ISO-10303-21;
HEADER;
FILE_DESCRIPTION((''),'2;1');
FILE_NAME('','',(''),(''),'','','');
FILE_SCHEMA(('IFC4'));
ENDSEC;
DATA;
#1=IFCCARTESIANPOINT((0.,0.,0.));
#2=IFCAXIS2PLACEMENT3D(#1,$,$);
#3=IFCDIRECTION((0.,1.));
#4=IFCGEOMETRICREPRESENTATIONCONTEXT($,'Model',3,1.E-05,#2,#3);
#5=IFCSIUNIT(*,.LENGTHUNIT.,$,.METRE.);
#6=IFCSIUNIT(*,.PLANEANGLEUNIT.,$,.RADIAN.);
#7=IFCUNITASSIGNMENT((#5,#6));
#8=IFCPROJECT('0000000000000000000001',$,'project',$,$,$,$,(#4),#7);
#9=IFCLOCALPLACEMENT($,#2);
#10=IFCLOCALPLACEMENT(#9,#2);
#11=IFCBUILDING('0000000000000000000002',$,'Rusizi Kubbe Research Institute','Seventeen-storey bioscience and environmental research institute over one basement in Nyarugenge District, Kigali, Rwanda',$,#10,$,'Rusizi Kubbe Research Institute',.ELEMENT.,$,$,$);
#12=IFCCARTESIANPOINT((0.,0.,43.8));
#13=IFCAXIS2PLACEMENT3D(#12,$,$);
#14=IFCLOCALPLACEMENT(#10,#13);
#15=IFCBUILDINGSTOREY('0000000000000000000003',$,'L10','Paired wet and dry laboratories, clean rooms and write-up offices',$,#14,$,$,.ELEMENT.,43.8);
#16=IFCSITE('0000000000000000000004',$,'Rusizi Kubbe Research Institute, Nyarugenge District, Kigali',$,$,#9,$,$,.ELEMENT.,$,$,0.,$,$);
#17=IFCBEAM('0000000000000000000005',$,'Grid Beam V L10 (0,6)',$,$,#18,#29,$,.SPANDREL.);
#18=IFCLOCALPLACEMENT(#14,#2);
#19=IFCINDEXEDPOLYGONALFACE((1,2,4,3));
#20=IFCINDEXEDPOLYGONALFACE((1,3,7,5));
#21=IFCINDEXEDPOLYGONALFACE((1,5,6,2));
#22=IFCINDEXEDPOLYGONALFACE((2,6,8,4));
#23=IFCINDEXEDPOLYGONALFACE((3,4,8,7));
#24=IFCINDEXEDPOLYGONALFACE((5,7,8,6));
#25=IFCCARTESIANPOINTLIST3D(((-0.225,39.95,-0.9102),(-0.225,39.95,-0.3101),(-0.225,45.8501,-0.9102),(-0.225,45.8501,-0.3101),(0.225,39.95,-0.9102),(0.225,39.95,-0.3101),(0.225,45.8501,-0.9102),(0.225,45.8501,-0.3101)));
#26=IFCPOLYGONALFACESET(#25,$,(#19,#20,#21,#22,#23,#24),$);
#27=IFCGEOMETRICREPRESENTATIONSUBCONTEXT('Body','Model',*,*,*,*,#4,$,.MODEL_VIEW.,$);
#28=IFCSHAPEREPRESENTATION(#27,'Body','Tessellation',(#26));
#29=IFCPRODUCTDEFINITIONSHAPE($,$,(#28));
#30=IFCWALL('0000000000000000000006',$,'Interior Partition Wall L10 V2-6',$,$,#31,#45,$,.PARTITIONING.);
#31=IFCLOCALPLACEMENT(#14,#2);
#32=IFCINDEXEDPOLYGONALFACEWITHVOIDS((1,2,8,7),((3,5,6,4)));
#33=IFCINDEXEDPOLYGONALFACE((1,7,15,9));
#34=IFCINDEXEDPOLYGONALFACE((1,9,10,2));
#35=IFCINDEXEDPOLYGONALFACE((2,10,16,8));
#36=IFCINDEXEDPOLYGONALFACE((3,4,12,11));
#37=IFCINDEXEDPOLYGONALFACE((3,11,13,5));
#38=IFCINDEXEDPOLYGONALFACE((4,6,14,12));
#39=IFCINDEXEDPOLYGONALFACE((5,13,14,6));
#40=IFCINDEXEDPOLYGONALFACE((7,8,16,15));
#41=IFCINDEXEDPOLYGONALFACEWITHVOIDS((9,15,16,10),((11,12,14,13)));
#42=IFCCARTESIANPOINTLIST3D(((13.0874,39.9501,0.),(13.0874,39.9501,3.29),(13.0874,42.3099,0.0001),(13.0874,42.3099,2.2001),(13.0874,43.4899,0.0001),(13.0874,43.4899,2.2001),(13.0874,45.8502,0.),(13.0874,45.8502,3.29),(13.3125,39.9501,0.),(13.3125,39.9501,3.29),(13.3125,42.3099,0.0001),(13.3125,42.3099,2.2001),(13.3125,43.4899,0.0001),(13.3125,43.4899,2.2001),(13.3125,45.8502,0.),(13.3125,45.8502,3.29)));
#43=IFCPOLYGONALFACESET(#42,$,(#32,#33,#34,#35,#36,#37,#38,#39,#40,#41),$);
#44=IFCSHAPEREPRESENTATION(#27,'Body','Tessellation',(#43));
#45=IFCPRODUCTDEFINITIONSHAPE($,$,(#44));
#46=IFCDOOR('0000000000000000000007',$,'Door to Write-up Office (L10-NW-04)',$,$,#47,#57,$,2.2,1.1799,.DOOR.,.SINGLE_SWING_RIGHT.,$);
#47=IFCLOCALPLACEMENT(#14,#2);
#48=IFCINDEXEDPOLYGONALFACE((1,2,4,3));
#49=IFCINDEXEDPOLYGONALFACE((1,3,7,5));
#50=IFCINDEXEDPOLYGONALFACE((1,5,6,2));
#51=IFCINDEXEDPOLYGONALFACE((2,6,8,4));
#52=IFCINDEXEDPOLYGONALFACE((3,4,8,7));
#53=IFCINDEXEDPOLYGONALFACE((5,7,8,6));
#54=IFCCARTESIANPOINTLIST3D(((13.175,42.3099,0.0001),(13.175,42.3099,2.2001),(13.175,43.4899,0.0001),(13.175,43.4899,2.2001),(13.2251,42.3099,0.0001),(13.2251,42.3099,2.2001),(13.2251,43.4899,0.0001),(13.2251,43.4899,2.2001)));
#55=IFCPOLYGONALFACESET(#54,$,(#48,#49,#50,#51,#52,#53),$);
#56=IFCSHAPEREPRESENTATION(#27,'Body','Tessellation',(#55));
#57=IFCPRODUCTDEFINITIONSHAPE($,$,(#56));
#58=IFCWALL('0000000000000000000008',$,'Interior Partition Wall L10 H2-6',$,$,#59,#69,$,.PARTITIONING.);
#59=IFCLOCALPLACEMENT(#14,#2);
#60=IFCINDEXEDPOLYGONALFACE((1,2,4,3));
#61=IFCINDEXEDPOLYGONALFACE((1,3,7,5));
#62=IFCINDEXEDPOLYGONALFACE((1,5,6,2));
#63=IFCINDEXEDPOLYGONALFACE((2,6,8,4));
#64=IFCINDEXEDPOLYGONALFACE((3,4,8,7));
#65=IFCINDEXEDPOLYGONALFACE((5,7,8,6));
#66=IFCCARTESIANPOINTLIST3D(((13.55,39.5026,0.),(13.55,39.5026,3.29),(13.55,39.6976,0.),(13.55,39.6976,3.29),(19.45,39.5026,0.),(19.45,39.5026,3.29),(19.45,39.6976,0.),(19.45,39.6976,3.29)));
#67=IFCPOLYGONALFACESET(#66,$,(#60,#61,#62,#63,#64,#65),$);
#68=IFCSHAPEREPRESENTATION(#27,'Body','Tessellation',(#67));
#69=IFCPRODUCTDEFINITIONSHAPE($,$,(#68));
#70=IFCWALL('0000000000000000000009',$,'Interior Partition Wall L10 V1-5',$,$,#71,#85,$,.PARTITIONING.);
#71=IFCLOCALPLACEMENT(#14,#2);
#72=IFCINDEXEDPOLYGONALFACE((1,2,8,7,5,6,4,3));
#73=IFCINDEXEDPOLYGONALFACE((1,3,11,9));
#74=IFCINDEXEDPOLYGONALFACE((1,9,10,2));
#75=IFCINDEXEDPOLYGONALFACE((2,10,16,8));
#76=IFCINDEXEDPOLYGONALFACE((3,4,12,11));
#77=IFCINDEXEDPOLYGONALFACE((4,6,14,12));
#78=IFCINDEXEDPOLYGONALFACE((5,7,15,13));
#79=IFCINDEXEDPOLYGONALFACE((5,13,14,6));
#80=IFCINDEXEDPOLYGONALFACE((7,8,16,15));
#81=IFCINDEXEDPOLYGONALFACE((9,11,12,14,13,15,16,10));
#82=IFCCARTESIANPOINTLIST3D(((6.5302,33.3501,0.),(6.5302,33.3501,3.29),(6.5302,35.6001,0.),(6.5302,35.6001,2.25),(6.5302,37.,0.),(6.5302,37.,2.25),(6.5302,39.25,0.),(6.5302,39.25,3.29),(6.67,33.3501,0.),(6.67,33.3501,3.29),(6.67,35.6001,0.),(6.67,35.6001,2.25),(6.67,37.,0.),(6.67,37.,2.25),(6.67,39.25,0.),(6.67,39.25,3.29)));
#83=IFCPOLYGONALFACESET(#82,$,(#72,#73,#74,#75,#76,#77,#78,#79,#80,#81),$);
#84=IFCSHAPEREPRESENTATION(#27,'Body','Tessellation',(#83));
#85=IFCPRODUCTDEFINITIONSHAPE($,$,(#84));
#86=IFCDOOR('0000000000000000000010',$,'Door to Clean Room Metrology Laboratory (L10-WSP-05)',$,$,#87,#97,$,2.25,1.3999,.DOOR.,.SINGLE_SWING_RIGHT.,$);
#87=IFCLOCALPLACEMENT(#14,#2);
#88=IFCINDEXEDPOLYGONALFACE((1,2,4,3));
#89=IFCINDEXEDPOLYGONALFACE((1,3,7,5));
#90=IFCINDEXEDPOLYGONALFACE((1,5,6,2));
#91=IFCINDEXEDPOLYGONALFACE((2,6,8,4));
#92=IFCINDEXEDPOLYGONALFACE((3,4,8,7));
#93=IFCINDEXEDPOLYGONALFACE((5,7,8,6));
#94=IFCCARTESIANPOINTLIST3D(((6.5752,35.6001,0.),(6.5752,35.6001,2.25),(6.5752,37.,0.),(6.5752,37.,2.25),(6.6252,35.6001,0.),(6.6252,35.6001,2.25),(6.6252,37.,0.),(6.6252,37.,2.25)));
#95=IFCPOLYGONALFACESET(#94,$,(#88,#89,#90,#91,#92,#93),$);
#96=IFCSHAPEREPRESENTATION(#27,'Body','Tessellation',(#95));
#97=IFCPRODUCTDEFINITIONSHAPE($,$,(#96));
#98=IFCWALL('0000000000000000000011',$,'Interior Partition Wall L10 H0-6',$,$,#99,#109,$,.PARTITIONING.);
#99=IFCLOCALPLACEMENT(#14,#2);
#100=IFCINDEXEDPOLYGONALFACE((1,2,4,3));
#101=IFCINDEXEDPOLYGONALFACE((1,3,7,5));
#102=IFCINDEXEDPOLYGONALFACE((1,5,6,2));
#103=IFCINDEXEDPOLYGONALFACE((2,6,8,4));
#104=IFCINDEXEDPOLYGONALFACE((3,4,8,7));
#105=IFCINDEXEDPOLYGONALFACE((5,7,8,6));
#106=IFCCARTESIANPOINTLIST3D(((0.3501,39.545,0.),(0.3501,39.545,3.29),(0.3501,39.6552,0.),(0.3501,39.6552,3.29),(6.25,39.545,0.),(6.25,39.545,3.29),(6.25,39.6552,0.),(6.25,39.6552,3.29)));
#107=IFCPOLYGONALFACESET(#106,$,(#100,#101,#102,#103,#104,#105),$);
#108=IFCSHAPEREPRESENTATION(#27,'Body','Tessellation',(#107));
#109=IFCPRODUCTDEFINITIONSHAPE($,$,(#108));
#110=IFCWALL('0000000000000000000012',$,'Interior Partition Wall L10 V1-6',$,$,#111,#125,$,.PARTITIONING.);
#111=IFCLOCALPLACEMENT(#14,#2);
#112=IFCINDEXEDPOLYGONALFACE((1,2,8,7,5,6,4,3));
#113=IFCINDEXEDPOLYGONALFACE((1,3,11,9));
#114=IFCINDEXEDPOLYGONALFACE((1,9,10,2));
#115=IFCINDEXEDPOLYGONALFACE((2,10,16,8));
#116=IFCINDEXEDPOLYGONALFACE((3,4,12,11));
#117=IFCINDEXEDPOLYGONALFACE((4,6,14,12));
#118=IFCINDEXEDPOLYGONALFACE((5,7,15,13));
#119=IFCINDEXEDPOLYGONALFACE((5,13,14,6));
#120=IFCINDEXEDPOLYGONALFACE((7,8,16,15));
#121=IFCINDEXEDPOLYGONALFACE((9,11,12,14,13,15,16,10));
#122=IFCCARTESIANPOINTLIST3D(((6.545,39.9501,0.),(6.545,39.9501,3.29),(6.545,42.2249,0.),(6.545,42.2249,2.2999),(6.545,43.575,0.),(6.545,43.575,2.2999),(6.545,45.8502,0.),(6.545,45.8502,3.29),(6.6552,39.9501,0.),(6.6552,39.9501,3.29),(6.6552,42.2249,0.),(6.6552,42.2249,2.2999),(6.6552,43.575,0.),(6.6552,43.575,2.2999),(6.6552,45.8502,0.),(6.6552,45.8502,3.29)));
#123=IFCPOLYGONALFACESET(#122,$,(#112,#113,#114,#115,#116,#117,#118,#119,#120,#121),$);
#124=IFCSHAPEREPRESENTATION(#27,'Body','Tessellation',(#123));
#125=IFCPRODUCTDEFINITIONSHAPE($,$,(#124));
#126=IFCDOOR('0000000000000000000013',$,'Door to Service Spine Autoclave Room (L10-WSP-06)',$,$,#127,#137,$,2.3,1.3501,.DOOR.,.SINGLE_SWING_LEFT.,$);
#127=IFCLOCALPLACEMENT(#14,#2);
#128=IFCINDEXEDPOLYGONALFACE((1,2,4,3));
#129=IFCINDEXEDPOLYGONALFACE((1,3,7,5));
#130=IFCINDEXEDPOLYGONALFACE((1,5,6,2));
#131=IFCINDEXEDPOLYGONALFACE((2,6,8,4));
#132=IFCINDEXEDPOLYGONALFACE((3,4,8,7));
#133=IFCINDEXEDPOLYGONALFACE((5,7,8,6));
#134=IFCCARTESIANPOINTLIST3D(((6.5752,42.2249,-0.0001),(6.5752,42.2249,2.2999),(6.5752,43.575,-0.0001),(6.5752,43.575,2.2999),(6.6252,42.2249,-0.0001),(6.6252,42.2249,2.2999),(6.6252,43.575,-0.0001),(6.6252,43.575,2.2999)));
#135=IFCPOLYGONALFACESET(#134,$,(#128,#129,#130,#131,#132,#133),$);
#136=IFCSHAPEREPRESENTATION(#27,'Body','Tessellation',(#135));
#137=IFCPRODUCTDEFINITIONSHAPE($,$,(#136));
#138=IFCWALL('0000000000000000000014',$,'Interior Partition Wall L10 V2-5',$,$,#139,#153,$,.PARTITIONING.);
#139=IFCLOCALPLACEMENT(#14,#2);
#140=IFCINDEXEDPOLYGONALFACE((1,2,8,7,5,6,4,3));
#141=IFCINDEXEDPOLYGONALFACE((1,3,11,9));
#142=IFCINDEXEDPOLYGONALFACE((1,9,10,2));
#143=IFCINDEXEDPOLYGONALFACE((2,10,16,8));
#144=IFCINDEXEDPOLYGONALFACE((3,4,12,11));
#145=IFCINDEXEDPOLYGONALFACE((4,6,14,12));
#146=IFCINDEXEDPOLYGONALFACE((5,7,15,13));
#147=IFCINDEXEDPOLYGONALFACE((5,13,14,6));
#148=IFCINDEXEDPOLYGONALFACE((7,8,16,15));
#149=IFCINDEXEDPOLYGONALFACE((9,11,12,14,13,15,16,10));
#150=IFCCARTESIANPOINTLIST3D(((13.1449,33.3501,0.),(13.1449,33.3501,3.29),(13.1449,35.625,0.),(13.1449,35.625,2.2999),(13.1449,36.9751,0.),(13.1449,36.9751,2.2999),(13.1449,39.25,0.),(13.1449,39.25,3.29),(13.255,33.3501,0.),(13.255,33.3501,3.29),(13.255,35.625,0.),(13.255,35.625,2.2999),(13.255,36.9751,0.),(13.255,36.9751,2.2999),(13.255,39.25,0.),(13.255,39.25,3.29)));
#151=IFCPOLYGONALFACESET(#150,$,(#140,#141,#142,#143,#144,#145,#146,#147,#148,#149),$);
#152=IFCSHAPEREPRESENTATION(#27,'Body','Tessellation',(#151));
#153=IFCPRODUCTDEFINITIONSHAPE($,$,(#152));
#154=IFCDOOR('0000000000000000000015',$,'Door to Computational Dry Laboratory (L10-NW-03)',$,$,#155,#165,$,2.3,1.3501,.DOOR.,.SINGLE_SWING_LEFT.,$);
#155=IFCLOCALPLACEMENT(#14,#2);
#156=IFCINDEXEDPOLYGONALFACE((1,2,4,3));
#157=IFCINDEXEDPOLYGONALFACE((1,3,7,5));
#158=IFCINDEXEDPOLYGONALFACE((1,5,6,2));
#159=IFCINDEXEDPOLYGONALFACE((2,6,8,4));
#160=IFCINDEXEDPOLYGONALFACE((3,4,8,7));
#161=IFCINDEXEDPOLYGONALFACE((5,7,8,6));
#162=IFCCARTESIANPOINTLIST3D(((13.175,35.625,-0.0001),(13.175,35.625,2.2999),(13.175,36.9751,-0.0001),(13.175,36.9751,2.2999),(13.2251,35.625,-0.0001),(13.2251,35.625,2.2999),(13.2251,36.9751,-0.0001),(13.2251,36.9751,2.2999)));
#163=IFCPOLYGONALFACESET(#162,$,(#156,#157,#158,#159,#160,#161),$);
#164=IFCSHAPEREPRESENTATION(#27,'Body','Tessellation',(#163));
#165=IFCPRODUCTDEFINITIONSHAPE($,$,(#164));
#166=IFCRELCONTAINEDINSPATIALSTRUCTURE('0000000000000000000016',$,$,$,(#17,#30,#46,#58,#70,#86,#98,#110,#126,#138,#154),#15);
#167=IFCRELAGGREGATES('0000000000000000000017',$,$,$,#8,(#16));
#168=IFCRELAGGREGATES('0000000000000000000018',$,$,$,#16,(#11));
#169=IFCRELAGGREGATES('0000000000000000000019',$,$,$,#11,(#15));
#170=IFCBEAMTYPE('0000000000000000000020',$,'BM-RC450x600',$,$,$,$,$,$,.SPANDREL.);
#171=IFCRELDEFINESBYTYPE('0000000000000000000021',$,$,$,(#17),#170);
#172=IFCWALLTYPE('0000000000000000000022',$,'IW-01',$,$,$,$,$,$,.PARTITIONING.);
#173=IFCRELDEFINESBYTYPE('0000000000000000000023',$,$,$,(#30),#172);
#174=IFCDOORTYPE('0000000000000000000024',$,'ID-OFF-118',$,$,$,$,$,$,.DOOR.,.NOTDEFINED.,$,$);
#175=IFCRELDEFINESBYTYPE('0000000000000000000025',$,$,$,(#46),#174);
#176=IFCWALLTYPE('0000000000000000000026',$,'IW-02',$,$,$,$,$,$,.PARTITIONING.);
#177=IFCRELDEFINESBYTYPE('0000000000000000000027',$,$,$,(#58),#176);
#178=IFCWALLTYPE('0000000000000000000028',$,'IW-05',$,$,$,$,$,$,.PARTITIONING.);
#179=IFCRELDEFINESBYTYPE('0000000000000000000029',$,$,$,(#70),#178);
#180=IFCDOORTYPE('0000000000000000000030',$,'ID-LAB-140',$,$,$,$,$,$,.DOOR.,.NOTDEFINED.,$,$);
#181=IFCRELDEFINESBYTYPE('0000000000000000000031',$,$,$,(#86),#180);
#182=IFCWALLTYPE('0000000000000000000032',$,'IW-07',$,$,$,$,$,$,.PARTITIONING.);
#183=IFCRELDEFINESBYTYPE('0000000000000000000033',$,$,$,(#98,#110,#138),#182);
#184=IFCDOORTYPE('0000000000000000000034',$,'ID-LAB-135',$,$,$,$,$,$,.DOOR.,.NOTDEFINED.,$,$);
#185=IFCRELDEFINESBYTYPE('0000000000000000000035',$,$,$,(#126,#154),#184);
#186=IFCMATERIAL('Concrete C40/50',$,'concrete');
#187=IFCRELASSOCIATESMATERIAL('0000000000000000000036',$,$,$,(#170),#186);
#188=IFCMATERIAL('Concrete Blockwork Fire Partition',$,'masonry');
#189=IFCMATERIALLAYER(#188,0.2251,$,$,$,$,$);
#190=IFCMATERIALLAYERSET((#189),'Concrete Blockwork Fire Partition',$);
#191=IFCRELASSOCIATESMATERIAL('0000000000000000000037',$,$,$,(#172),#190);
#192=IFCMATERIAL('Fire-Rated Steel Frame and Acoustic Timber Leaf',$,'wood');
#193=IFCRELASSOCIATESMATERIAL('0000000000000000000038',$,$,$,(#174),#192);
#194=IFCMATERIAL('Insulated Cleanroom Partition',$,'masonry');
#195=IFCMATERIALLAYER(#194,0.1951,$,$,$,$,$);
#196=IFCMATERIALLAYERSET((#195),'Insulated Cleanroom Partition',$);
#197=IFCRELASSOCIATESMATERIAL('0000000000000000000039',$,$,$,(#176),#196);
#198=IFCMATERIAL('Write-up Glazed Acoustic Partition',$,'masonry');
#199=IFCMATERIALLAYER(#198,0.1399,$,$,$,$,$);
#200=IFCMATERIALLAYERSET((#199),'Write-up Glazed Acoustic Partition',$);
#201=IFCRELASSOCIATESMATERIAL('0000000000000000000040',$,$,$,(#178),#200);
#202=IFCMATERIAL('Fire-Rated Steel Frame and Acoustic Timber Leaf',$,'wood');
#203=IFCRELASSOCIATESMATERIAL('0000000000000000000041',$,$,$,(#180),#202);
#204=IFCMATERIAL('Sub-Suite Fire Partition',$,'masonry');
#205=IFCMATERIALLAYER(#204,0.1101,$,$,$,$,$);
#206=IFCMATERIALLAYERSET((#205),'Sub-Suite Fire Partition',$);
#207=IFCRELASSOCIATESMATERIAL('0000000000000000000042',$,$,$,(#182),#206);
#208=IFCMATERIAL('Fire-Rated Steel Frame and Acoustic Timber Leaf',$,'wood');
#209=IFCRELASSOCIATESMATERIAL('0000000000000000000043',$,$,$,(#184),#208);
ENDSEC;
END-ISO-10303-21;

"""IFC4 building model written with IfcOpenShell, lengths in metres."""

from ifc_helpers import new_model, si_unit, direction, frame, frame_2d, origin, origin_2d, place, context, subcontext, project, spatial, rectangle, extrude, material, layer, layer_set, material_profile, profile_set, type_object, element, fill, save


model = new_model("IFC4")

# Units and contexts
model_context = context("Model", 3, precision=1e-05, world=origin(), true_north=direction((0.0, 1.0)))
body_context = subcontext(model_context, "Body", "Model", "MODEL_VIEW")
ifc_project = project(units=[si_unit("LENGTHUNIT", "METRE"), si_unit("PLANEANGLEUNIT", "RADIAN")], contexts=[model_context])

# Site, building, storey
site_placement = place(None, origin())
site = spatial("IfcSite", under=ifc_project, at=site_placement, Name="Rusizi Kubbe Research Institute, Nyarugenge District, Kigali", CompositionType="ELEMENT", RefElevation=0.0)
building_placement = place(site_placement, origin())
building = spatial("IfcBuilding", under=site, at=building_placement, Name="Rusizi Kubbe Research Institute", Description="Seventeen-storey bioscience and environmental research institute over one basement in Nyarugenge District, Kigali, Rwanda", LongName="Rusizi Kubbe Research Institute", CompositionType="ELEMENT")
storey_placement = place(building_placement, frame((0.0, 0.0, 43.8)))
storey = spatial("IfcBuildingStorey", under=building, at=storey_placement, Name="L10", Description="Paired wet and dry laboratories, clean rooms and write-up offices", CompositionType="ELEMENT", Elevation=43.8)

# Beam
ifc_material_1 = material(Name="Concrete C40/50", Category="concrete")
ifc_material_profile_1 = material_profile(ifc_material_1, rectangle(XDim=0.45, YDim=0.6001, at=origin_2d()), Name="RC450x600")
ifc_profile_set_1 = profile_set([ifc_material_profile_1], Name="Concrete C40/50")
beam_type_1 = type_object("IfcBeamType", Name="BM-RC450x600", PredefinedType="SPANDREL", material=ifc_profile_set_1)
beam_1_placement = place(storey_placement, frame((0.0, 39.95, -0.6101), z_axis=(0.0, 1.0, 0.0), x_axis=(-1.0, 0.0, 0.0)))
element("IfcBeam", 1, at=beam_1_placement, inside=storey, type_object=beam_type_1, Name="Grid Beam V L10 (0,6)", PredefinedType="SPANDREL", context=body_context, shape_type="SweptSolid", body=[
    extrude(rectangle(XDim=0.45, YDim=0.6001, at=origin_2d()), origin(), (0.0, 0.0, 1.0), 5.9001),
])

# Wall, opening, door
ifc_material_2 = material(Name="Concrete Blockwork Fire Partition", Category="masonry")
ifc_layer_1 = layer(ifc_material_2, 0.2251)
ifc_layer_set_1 = layer_set([ifc_layer_1], Name="Concrete Blockwork Fire Partition")
wall_type_1 = type_object("IfcWallType", Name="IW-01", PredefinedType="PARTITIONING", material=ifc_layer_set_1)
wall_1_placement = place(storey_placement, frame((13.2, 39.95, 0.0), z_axis=(0.0, 0.0, 1.0), x_axis=(0.0, 1.0, 0.0)))
wall_1 = element("IfcWall", 2, at=wall_1_placement, inside=storey, type_object=wall_type_1, Name="Interior Partition Wall L10 V2-6", PredefinedType="PARTITIONING", context=body_context, shape_type="SweptSolid", body=[
    extrude(rectangle(XDim=5.9001, YDim=0.2251, at=frame_2d((2.9502, 0.0))), origin(), (0.0, 0.0, 1.0), 3.29),
])
opening_1_placement = place(wall_1_placement, frame((2.3601, 0.0, 0.0)))
opening_1 = element("IfcOpeningElement", 3, at=opening_1_placement, cuts=wall_1, PredefinedType="OPENING", context=body_context, shape_type="SweptSolid", body=[
    extrude(rectangle(XDim=1.1799, YDim=2.2, at=frame_2d((0.5898, 1.1001))), frame((0.0, 0.1226, 0.0), z_axis=(0.0, -1.0, 0.0), x_axis=(1.0, 0.0, 0.0)), (0.0, 0.0, 1.0), 0.2451),
])
ifc_material_3 = material(Name="Fire-Rated Steel Frame and Acoustic Timber Leaf", Category="wood")
door_type_1 = type_object("IfcDoorType", Name="ID-OFF-118", OperationType="NOTDEFINED", PredefinedType="DOOR", material=ifc_material_3)
door_1_placement = place(opening_1_placement, origin())
door_1 = element("IfcDoor", 4, at=door_1_placement, inside=storey, type_object=door_type_1, Name="Door to Write-up Office (L10-NW-04)", OperationType="SINGLE_SWING_RIGHT", OverallHeight=2.2, OverallWidth=1.1799, PredefinedType="DOOR", context=body_context, shape_type="SweptSolid", body=[
    extrude(rectangle(XDim=1.1799, YDim=2.2, at=frame_2d((0.5898, 1.1001))), frame((0.0, 0.0249, 0.0), z_axis=(0.0, -1.0, 0.0), x_axis=(1.0, 0.0, 0.0)), (0.0, 0.0, 1.0), 0.05),
])
fill(opening_1, door_1)

# Wall
ifc_material_4 = material(Name="Insulated Cleanroom Partition", Category="masonry")
ifc_layer_2 = layer(ifc_material_4, 0.1951)
ifc_layer_set_2 = layer_set([ifc_layer_2], Name="Insulated Cleanroom Partition")
wall_type_2 = type_object("IfcWallType", Name="IW-02", PredefinedType="PARTITIONING", material=ifc_layer_set_2)
wall_2_placement = place(storey_placement, frame((13.55, 39.6001, 0.0), z_axis=(0.0, 0.0, 1.0), x_axis=(1.0, 0.0, 0.0)))
element("IfcWall", 5, at=wall_2_placement, inside=storey, type_object=wall_type_2, Name="Interior Partition Wall L10 H2-6", PredefinedType="PARTITIONING", context=body_context, shape_type="SweptSolid", body=[
    extrude(rectangle(XDim=5.8999, YDim=0.1951, at=frame_2d((2.95, 0.0))), origin(), (0.0, 0.0, 1.0), 3.29),
])

# Wall, opening, door
ifc_material_5 = material(Name="Write-up Glazed Acoustic Partition", Category="masonry")
ifc_layer_3 = layer(ifc_material_5, 0.1399)
ifc_layer_set_3 = layer_set([ifc_layer_3], Name="Write-up Glazed Acoustic Partition")
wall_type_3 = type_object("IfcWallType", Name="IW-05", PredefinedType="PARTITIONING", material=ifc_layer_set_3)
wall_3_placement = place(storey_placement, frame((6.6001, 33.3501, 0.0), z_axis=(0.0, 0.0, 1.0), x_axis=(0.0, 1.0, 0.0)))
wall_3 = element("IfcWall", 6, at=wall_3_placement, inside=storey, type_object=wall_type_3, Name="Interior Partition Wall L10 V1-5", PredefinedType="PARTITIONING", context=body_context, shape_type="SweptSolid", body=[
    extrude(rectangle(XDim=5.8999, YDim=0.1399, at=frame_2d((2.95, 0.0))), origin(), (0.0, 0.0, 1.0), 3.29),
])
opening_2_placement = place(wall_3_placement, frame((2.25, 0.0, 0.0)))
opening_2 = element("IfcOpeningElement", 7, at=opening_2_placement, cuts=wall_3, PredefinedType="OPENING", context=body_context, shape_type="SweptSolid", body=[
    extrude(rectangle(XDim=1.3999, YDim=2.25, at=frame_2d((0.7, 1.125))), frame((0.0, 0.0798, 0.0), z_axis=(0.0, -1.0, 0.0), x_axis=(1.0, 0.0, 0.0)), (0.0, 0.0, 1.0), 0.1599),
])
ifc_material_6 = material(Name="Fire-Rated Steel Frame and Acoustic Timber Leaf", Category="wood")
door_type_2 = type_object("IfcDoorType", Name="ID-LAB-140", OperationType="NOTDEFINED", PredefinedType="DOOR", material=ifc_material_6)
door_2_placement = place(opening_2_placement, origin())
door_2 = element("IfcDoor", 8, at=door_2_placement, inside=storey, type_object=door_type_2, Name="Door to Clean Room Metrology Laboratory (L10-WSP-05)", OperationType="SINGLE_SWING_RIGHT", OverallHeight=2.25, OverallWidth=1.3999, PredefinedType="DOOR", context=body_context, shape_type="SweptSolid", body=[
    extrude(rectangle(XDim=1.3999, YDim=2.25, at=frame_2d((0.7, 1.125))), frame((0.0, 0.0249, 0.0), z_axis=(0.0, -1.0, 0.0), x_axis=(1.0, 0.0, 0.0)), (0.0, 0.0, 1.0), 0.05),
])
fill(opening_2, door_2)

# Wall
ifc_material_7 = material(Name="Sub-Suite Fire Partition", Category="masonry")
ifc_layer_4 = layer(ifc_material_7, 0.1101)
ifc_layer_set_4 = layer_set([ifc_layer_4], Name="Sub-Suite Fire Partition")
wall_type_4 = type_object("IfcWallType", Name="IW-07", PredefinedType="PARTITIONING", material=ifc_layer_set_4)
wall_4_placement = place(storey_placement, frame((0.3501, 39.6001, 0.0), z_axis=(0.0, 0.0, 1.0), x_axis=(1.0, 0.0, 0.0)))
element("IfcWall", 9, at=wall_4_placement, inside=storey, type_object=wall_type_4, Name="Interior Partition Wall L10 H0-6", PredefinedType="PARTITIONING", context=body_context, shape_type="SweptSolid", body=[
    extrude(rectangle(XDim=5.8999, YDim=0.1101, at=frame_2d((2.95, 0.0))), origin(), (0.0, 0.0, 1.0), 3.29),
])

# Walls, openings, doors
wall_5_placement = place(storey_placement, frame((6.6001, 39.95, 0.0), z_axis=(0.0, 0.0, 1.0), x_axis=(0.0, 1.0, 0.0)))
wall_5 = element("IfcWall", 10, at=wall_5_placement, inside=storey, type_object=wall_type_4, Name="Interior Partition Wall L10 V1-6", PredefinedType="PARTITIONING", context=body_context, shape_type="SweptSolid", body=[
    extrude(rectangle(XDim=5.9001, YDim=0.1101, at=frame_2d((2.9502, 0.0))), origin(), (0.0, 0.0, 1.0), 3.29),
])
opening_3_placement = place(wall_5_placement, frame((2.2749, 0.0, 0.0)))
opening_3 = element("IfcOpeningElement", 11, at=opening_3_placement, cuts=wall_5, PredefinedType="OPENING", context=body_context, shape_type="SweptSolid", body=[
    extrude(rectangle(XDim=1.3501, YDim=2.3, at=frame_2d((0.675, 1.1499))), frame((0.0, 0.0649, 0.0), z_axis=(0.0, -1.0, 0.0), x_axis=(1.0, 0.0, 0.0)), (0.0, 0.0, 1.0), 0.1301),
])
ifc_material_8 = material(Name="Fire-Rated Steel Frame and Acoustic Timber Leaf", Category="wood")
door_type_3 = type_object("IfcDoorType", Name="ID-LAB-135", OperationType="NOTDEFINED", PredefinedType="DOOR", material=ifc_material_8)
door_3_placement = place(opening_3_placement, origin())
door_3 = element("IfcDoor", 12, at=door_3_placement, inside=storey, type_object=door_type_3, Name="Door to Service Spine Autoclave Room (L10-WSP-06)", OperationType="SINGLE_SWING_LEFT", OverallHeight=2.3, OverallWidth=1.3501, PredefinedType="DOOR", context=body_context, shape_type="SweptSolid", body=[
    extrude(rectangle(XDim=1.3501, YDim=2.3, at=frame_2d((0.675, 1.1499))), frame((0.0, 0.0249, 0.0), z_axis=(0.0, -1.0, 0.0), x_axis=(1.0, 0.0, 0.0)), (0.0, 0.0, 1.0), 0.05),
])
fill(opening_3, door_3)
wall_6_placement = place(storey_placement, frame((13.2, 33.3501, 0.0), z_axis=(0.0, 0.0, 1.0), x_axis=(0.0, 1.0, 0.0)))
wall_6 = element("IfcWall", 13, at=wall_6_placement, inside=storey, type_object=wall_type_4, Name="Interior Partition Wall L10 V2-5", PredefinedType="PARTITIONING", context=body_context, shape_type="SweptSolid", body=[
    extrude(rectangle(XDim=5.8999, YDim=0.1101, at=frame_2d((2.95, 0.0))), origin(), (0.0, 0.0, 1.0), 3.29),
])
opening_4_placement = place(wall_6_placement, frame((2.2749, 0.0, 0.0)))
opening_4 = element("IfcOpeningElement", 14, at=opening_4_placement, cuts=wall_6, PredefinedType="OPENING", context=body_context, shape_type="SweptSolid", body=[
    extrude(rectangle(XDim=1.3501, YDim=2.3, at=frame_2d((0.675, 1.1499))), frame((0.0, 0.0649, 0.0), z_axis=(0.0, -1.0, 0.0), x_axis=(1.0, 0.0, 0.0)), (0.0, 0.0, 1.0), 0.1301),
])
door_4_placement = place(opening_4_placement, origin())
door_4 = element("IfcDoor", 15, at=door_4_placement, inside=storey, type_object=door_type_3, Name="Door to Computational Dry Laboratory (L10-NW-03)", OperationType="SINGLE_SWING_LEFT", OverallHeight=2.3, OverallWidth=1.3501, PredefinedType="DOOR", context=body_context, shape_type="SweptSolid", body=[
    extrude(rectangle(XDim=1.3501, YDim=2.3, at=frame_2d((0.675, 1.1499))), frame((0.0, 0.0249, 0.0), z_axis=(0.0, -1.0, 0.0), x_axis=(1.0, 0.0, 0.0)), (0.0, 0.0, 1.0), 0.05),
])
fill(opening_4, door_4)

save(model, "model.ifc")
